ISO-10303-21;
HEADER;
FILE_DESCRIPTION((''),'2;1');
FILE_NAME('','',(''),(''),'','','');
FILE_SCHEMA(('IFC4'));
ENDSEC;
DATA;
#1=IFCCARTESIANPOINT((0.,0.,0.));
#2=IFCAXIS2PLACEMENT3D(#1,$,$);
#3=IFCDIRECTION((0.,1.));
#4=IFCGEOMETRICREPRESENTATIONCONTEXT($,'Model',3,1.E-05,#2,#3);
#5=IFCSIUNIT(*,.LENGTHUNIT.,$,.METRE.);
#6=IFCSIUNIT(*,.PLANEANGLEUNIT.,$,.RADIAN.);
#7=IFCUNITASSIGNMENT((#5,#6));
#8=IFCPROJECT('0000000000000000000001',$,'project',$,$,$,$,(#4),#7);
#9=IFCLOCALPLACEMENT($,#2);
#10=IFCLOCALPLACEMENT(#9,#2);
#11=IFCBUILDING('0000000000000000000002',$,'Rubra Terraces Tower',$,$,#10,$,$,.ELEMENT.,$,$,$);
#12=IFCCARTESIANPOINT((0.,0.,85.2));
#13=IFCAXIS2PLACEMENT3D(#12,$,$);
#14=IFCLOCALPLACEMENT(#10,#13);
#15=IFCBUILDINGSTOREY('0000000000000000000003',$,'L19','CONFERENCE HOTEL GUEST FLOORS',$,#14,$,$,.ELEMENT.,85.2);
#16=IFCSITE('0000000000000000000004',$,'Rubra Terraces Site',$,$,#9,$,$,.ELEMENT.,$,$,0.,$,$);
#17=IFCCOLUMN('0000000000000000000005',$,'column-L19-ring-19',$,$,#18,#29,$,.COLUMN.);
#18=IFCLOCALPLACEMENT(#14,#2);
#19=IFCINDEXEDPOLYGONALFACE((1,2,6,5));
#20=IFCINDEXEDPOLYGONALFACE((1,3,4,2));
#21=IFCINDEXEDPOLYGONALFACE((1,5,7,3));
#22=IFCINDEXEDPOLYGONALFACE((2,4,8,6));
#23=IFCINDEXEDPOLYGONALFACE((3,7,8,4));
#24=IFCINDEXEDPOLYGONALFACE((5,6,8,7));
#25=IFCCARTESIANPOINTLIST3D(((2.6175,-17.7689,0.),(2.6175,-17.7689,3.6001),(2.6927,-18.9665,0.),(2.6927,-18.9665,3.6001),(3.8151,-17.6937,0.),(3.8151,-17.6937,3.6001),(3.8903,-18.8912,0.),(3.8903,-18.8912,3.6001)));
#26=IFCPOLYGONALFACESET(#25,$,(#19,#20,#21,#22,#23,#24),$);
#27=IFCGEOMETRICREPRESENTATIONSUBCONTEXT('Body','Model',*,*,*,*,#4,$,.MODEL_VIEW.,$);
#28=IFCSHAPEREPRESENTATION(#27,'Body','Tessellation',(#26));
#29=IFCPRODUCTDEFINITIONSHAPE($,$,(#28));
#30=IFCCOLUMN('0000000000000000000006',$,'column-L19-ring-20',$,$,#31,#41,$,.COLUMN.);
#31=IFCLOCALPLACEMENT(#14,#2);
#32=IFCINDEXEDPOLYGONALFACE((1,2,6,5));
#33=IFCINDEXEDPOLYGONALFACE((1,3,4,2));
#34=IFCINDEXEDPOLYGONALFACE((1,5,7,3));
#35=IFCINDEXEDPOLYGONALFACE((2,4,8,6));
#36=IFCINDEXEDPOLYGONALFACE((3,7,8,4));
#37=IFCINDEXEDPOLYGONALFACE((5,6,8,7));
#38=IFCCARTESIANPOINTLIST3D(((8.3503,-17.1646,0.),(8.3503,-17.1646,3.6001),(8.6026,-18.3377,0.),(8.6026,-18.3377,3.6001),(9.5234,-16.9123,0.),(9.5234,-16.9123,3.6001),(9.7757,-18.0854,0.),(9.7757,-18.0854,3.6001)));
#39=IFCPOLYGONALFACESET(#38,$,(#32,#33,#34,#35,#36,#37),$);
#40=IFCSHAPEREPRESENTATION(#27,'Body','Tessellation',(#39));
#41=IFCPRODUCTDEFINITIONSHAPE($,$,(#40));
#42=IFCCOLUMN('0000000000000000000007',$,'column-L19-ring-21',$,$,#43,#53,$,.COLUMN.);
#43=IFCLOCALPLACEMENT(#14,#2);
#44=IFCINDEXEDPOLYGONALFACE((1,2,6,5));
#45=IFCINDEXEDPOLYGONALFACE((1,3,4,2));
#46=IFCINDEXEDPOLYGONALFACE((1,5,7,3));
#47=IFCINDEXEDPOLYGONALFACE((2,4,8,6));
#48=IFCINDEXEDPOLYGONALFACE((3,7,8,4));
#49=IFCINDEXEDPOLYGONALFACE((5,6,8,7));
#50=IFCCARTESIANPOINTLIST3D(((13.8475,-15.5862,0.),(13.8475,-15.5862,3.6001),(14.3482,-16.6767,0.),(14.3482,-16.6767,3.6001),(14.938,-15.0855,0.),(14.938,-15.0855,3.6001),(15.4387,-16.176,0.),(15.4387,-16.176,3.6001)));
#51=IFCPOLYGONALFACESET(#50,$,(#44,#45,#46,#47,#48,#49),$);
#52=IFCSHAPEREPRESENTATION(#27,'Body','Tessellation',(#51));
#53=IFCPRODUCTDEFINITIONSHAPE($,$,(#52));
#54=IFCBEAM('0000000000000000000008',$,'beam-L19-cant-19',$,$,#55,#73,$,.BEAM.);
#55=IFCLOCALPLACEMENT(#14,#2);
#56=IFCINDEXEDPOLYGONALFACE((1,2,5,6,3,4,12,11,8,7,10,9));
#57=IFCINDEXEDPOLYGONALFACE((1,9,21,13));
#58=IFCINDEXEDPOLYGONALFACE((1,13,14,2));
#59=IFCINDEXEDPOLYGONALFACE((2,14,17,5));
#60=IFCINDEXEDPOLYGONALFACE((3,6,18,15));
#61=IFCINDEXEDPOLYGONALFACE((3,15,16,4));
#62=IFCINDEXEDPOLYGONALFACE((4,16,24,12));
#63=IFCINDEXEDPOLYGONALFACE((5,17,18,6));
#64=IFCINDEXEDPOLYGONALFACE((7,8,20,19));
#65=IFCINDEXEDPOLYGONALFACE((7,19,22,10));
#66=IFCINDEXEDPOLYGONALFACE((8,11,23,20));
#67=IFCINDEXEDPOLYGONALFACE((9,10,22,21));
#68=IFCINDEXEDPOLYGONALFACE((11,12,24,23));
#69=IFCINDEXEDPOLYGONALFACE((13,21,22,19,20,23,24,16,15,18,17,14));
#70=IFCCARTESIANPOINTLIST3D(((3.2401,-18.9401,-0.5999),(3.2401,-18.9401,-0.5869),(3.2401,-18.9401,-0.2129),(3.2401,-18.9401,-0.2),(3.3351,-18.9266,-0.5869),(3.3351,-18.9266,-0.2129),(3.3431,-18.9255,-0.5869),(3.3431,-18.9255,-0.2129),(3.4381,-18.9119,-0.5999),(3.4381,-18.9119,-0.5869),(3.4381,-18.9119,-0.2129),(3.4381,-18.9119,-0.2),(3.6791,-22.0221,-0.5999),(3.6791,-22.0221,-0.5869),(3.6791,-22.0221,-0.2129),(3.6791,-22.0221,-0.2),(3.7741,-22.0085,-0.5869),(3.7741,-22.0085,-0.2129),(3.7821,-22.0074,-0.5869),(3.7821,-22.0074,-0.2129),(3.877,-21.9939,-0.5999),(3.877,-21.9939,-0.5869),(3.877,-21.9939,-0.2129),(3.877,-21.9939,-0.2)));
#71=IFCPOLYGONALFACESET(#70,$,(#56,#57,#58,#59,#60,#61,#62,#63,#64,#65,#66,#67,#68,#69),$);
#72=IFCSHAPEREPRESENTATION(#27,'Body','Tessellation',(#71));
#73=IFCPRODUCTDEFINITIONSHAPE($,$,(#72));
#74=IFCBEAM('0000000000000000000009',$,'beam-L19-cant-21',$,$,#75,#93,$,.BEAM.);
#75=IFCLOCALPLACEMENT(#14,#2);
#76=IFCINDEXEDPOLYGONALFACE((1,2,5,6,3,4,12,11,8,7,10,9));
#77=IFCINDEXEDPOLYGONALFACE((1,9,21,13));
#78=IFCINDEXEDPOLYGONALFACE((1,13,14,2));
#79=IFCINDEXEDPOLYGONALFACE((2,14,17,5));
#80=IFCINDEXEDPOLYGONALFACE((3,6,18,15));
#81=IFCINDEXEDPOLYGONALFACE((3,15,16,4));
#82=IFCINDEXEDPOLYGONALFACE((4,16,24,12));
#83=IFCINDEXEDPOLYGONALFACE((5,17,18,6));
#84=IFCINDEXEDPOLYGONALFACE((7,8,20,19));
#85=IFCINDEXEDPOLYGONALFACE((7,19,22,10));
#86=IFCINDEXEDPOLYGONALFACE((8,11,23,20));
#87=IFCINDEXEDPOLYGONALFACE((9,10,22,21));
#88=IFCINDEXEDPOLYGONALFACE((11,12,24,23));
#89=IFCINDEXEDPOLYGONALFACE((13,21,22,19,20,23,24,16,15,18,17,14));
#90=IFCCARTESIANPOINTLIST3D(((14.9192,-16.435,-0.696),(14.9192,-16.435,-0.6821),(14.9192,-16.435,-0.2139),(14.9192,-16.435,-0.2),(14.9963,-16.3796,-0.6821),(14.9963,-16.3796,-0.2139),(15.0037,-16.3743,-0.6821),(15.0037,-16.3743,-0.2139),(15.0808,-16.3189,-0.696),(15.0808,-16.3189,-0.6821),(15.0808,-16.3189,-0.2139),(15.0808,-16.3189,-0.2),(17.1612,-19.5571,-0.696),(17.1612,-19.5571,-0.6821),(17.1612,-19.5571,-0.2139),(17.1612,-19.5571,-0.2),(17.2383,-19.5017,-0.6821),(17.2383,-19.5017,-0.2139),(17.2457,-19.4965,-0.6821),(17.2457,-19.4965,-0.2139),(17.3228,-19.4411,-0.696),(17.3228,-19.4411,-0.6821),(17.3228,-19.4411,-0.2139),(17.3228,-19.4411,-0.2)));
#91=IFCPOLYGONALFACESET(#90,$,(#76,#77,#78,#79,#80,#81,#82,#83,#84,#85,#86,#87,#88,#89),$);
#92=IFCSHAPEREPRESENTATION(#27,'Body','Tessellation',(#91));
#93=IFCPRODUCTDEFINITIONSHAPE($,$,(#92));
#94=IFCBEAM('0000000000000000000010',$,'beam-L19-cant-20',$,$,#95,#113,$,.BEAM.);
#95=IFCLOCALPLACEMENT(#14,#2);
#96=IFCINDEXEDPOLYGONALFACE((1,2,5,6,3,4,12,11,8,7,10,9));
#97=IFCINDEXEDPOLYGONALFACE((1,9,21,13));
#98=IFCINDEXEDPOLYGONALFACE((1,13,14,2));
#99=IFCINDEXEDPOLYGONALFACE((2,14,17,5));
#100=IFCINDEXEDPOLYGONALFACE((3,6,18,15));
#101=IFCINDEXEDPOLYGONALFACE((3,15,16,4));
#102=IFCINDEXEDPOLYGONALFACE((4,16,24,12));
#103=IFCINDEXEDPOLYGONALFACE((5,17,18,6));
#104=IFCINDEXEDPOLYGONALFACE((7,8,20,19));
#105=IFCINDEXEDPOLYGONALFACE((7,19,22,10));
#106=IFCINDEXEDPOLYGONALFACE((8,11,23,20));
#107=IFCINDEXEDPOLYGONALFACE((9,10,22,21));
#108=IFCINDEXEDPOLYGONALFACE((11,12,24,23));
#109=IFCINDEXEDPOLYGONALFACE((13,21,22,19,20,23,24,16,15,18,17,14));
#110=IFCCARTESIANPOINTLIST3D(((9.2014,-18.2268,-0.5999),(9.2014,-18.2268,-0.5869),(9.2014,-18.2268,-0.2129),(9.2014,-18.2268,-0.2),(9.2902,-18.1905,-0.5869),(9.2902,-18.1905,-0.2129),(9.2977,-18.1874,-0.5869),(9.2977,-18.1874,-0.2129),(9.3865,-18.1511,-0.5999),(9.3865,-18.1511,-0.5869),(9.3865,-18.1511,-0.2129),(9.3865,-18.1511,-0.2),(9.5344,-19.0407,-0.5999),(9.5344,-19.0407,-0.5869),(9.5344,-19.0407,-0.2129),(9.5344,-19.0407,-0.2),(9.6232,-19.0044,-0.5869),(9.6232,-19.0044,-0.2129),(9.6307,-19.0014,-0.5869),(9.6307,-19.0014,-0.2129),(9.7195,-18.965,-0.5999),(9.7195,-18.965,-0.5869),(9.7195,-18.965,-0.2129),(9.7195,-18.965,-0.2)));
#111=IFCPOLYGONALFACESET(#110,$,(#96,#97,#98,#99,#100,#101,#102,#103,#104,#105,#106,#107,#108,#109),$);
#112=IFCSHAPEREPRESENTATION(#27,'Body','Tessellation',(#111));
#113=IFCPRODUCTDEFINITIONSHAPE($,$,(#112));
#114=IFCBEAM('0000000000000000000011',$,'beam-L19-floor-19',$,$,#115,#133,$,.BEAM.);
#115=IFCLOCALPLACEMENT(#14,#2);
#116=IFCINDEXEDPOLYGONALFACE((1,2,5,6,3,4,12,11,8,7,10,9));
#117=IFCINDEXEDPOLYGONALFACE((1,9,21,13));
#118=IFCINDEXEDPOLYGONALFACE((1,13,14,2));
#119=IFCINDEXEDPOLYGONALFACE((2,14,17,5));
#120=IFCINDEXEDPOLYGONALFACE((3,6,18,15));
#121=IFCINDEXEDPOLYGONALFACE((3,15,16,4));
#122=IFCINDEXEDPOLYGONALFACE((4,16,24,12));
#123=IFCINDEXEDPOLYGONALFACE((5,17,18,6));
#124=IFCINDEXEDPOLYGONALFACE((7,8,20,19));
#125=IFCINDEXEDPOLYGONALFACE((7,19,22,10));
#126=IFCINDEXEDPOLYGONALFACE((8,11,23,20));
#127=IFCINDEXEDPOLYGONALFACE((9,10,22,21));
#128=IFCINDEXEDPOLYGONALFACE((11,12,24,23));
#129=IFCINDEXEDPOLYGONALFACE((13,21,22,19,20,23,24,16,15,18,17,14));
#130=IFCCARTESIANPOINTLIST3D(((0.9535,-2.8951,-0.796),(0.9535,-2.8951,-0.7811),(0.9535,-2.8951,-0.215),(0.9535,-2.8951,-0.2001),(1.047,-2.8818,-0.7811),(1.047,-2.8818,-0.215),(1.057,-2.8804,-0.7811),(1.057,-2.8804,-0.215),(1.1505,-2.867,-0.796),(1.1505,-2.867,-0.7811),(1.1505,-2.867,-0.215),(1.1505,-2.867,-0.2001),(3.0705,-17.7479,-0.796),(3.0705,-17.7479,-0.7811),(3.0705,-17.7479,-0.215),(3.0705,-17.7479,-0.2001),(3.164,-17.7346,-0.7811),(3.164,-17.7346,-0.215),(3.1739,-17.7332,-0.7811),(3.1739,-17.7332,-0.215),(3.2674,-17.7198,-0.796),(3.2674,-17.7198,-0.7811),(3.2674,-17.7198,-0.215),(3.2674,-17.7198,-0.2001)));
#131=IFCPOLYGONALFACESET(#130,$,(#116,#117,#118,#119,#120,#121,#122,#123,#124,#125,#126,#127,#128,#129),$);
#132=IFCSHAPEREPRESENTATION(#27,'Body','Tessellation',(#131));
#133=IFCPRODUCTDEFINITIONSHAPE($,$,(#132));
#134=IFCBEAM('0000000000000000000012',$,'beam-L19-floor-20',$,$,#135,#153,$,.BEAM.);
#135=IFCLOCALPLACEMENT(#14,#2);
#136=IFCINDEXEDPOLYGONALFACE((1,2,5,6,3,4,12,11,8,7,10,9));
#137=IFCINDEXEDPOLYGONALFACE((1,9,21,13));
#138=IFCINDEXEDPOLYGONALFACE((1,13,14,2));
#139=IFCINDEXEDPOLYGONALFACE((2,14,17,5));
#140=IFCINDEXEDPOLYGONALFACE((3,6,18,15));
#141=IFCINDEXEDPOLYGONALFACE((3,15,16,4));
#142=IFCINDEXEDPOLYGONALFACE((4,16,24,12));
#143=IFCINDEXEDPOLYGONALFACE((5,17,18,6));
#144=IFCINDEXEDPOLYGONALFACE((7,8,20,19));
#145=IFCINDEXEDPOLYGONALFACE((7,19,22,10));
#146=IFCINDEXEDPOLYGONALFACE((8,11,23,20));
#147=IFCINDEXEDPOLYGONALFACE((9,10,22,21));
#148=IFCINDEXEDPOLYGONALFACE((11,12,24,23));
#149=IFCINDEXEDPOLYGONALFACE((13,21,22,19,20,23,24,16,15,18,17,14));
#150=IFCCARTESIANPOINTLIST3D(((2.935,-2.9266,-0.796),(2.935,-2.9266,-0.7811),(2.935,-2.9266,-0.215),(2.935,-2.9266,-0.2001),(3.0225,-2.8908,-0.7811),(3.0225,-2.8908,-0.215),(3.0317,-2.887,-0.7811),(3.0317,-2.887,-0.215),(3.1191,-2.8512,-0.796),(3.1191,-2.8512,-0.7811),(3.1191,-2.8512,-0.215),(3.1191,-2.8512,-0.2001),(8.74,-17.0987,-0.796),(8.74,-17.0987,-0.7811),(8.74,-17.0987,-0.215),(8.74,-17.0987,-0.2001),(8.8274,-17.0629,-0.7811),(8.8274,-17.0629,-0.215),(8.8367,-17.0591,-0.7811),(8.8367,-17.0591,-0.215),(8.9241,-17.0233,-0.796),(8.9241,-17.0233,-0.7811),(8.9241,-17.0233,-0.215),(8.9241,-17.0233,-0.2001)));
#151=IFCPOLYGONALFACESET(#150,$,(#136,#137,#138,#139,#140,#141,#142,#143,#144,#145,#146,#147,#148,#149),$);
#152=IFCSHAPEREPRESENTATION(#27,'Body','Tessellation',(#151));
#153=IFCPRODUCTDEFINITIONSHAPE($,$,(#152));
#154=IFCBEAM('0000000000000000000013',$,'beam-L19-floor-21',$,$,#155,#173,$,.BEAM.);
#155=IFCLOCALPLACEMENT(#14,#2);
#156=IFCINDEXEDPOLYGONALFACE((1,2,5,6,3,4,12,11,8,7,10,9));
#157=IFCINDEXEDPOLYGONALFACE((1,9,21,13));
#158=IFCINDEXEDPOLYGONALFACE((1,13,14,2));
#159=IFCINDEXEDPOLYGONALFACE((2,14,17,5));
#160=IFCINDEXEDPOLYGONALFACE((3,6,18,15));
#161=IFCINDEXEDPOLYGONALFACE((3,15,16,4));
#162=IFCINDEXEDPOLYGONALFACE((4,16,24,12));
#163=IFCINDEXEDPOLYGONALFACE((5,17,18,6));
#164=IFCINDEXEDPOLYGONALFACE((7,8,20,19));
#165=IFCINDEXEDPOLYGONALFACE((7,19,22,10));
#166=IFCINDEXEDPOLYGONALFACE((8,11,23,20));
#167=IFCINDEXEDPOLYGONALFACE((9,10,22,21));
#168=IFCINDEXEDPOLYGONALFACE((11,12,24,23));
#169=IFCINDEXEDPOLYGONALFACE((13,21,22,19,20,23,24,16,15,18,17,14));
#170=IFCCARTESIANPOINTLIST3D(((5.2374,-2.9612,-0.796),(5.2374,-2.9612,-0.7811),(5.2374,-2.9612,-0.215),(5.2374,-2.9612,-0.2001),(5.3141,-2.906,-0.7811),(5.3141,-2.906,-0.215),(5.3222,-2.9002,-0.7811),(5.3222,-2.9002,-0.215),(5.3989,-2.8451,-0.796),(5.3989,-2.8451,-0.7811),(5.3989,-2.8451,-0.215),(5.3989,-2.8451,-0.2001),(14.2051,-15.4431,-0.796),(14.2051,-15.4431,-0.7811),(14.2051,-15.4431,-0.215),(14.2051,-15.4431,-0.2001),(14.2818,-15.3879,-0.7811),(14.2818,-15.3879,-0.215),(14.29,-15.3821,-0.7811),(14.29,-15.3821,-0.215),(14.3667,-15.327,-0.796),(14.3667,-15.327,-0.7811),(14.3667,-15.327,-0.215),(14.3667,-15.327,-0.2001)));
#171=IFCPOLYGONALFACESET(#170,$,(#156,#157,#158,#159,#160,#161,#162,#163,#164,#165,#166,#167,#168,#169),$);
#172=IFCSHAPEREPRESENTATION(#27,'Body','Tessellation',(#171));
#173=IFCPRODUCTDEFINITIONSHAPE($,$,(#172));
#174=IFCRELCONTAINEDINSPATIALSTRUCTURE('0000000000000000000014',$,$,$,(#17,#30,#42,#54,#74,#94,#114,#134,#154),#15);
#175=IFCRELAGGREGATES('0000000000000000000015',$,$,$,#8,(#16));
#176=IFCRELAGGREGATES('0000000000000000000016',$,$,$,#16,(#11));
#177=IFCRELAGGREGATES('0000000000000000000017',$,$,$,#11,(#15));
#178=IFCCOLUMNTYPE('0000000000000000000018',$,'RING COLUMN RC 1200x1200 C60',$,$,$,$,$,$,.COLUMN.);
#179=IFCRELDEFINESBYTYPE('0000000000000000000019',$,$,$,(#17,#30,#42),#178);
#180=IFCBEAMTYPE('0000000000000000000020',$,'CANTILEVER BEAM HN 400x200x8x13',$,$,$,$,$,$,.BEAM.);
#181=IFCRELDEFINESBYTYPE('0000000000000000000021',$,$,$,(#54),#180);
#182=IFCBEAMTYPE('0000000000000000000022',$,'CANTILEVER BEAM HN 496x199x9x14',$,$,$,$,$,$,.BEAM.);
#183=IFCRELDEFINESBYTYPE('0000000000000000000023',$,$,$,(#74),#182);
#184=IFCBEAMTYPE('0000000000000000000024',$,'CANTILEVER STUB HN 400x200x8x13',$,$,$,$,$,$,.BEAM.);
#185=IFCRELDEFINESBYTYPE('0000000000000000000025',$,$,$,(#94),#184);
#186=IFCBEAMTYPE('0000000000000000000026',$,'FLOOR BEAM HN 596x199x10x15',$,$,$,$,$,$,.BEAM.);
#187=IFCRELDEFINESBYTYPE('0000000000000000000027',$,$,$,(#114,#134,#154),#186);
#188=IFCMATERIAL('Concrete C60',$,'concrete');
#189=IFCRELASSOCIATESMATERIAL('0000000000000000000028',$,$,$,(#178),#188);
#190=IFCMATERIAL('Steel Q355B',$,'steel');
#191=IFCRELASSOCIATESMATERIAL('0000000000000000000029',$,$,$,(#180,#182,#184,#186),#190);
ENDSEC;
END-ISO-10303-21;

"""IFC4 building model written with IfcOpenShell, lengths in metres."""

from ifc_helpers import new_model, si_unit, direction, frame, origin, origin_2d, place, context, subcontext, project, spatial, rectangle, i_section, extrude, material, material_profile, profile_set, type_object, element, save


model = new_model("IFC4")

# Units and contexts
model_context = context("Model", 3, precision=1e-05, world=origin(), true_north=direction((0.0, 1.0)))
body_context = subcontext(model_context, "Body", "Model", "MODEL_VIEW")
ifc_project = project(units=[si_unit("LENGTHUNIT", "METRE"), si_unit("PLANEANGLEUNIT", "RADIAN")], contexts=[model_context])

# Site, building, storey
site_placement = place(None, origin())
site = spatial("IfcSite", under=ifc_project, at=site_placement, Name="Rubra Terraces Site", CompositionType="ELEMENT", RefElevation=0.0)
building_placement = place(site_placement, origin())
building = spatial("IfcBuilding", under=site, at=building_placement, Name="Rubra Terraces Tower", CompositionType="ELEMENT")
storey_placement = place(building_placement, frame((0.0, 0.0, 85.2)))
storey = spatial("IfcBuildingStorey", under=building, at=storey_placement, Name="L19", Description="CONFERENCE HOTEL GUEST FLOORS", CompositionType="ELEMENT", Elevation=85.2)

# Columns
ifc_material_1 = material(Name="Concrete C60", Category="concrete")
ifc_material_profile_1 = material_profile(ifc_material_1, rectangle(XDim=1.2, YDim=1.2, at=origin_2d()), Name="RC 1200x1200")
ifc_profile_set_1 = profile_set([ifc_material_profile_1], Name="Concrete C60")
column_type = type_object("IfcColumnType", Name="RING COLUMN RC 1200x1200 C60", PredefinedType="COLUMN", material=ifc_profile_set_1)
for number, where, z_axis, x_axis, name in (
    (1, (3.2539, -18.3301, 0.0), (0.0, 0.0, 1.0), (0.998032, 0.062714, 0.0), "column-L19-ring-19"),
    (2, (9.063, -17.625, 0.0), (0.0, 0.0, 1.0), (0.977653, 0.210227, 0.0), "column-L19-ring-20"),
    (3, (14.6431, -15.8811, 0.0), (0.0, 0.0, 1.0), (0.908779, 0.417279, 0.0), "column-L19-ring-21"),
):
    element("IfcColumn", number, at=place(storey_placement, frame(where, z_axis=z_axis, x_axis=x_axis)), inside=storey, type_object=column_type, Name=name, PredefinedType="COLUMN", context=body_context, shape_type="SweptSolid", body=[
        extrude(rectangle(XDim=1.2, YDim=1.2, at=origin_2d()), origin(), (0.0, 0.0, 1.0), 3.6001),
    ])

# Beams
ifc_material_2 = material(Name="Steel Q355B", Category="steel")
ifc_material_profile_2 = material_profile(ifc_material_2, i_section(OverallWidth=0.2, OverallDepth=0.3999, WebThickness=0.0081, FlangeThickness=0.0129, at=origin_2d()), Name="HN 400x200x8x13")
ifc_profile_set_2 = profile_set([ifc_material_profile_2], Name="Steel Q355B")
beam_type_1 = type_object("IfcBeamType", Name="CANTILEVER BEAM HN 400x200x8x13", PredefinedType="BEAM", material=ifc_profile_set_2)
beam_1_placement = place(storey_placement, frame((3.3391, -18.926, -0.3999), z_axis=(0.141004, -0.990009, 0.0), x_axis=(0.990009, 0.141004, 0.0)))
element("IfcBeam", 4, at=beam_1_placement, inside=storey, type_object=beam_type_1, Name="beam-L19-cant-19", PredefinedType="BEAM", context=body_context, shape_type="SweptSolid", body=[
    extrude(i_section(OverallWidth=0.2, OverallDepth=0.3999, WebThickness=0.0081, FlangeThickness=0.0129, at=origin_2d()), origin(), (0.0, 0.0, 1.0), 3.113),
])
ifc_material_profile_3 = material_profile(ifc_material_2, i_section(OverallWidth=0.199, OverallDepth=0.4961, WebThickness=0.009, FlangeThickness=0.0139, at=origin_2d()), Name="HN 496x199x9x14")
ifc_profile_set_3 = profile_set([ifc_material_profile_3], Name="Steel Q355B")
beam_type_2 = type_object("IfcBeamType", Name="CANTILEVER BEAM HN 496x199x9x14", PredefinedType="BEAM", material=ifc_profile_set_3)
beam_2_placement = place(storey_placement, frame((15.0, -16.377, -0.448), z_axis=(0.583285, -0.812267, 0.0), x_axis=(0.812267, 0.583285, 0.0)))
element("IfcBeam", 5, at=beam_2_placement, inside=storey, type_object=beam_type_2, Name="beam-L19-cant-21", PredefinedType="BEAM", context=body_context, shape_type="SweptSolid", body=[
    extrude(i_section(OverallWidth=0.199, OverallDepth=0.4961, WebThickness=0.009, FlangeThickness=0.0139, at=origin_2d()), origin(), (0.0, 0.0, 1.0), 3.8438),
])
ifc_material_profile_4 = material_profile(ifc_material_2, i_section(OverallWidth=0.2, OverallDepth=0.3999, WebThickness=0.0081, FlangeThickness=0.0129, at=origin_2d()), Name="HN 400x200x8x13")
ifc_profile_set_4 = profile_set([ifc_material_profile_4], Name="Steel Q355B")
beam_type_3 = type_object("IfcBeamType", Name="CANTILEVER STUB HN 400x200x8x13", PredefinedType="BEAM", material=ifc_profile_set_4)
beam_3_placement = place(storey_placement, frame((9.2939, -18.189, -0.3999), z_axis=(0.378654, -0.925538, 0.0), x_axis=(0.925538, 0.378654, 0.0)))
element("IfcBeam", 6, at=beam_3_placement, inside=storey, type_object=beam_type_3, Name="beam-L19-cant-20", PredefinedType="BEAM", context=body_context, shape_type="SweptSolid", body=[
    extrude(i_section(OverallWidth=0.2, OverallDepth=0.3999, WebThickness=0.0081, FlangeThickness=0.0129, at=origin_2d()), origin(), (0.0, 0.0, 1.0), 0.8794),
])
ifc_material_profile_5 = material_profile(ifc_material_2, i_section(OverallWidth=0.199, OverallDepth=0.5959, WebThickness=0.01, FlangeThickness=0.0149, at=origin_2d()), Name="HN 596x199x10x15")
ifc_profile_set_5 = profile_set([ifc_material_profile_5], Name="Steel Q355B")
beam_type_4 = type_object("IfcBeamType", Name="FLOOR BEAM HN 596x199x10x15", PredefinedType="BEAM", material=ifc_profile_set_5)
beam_4_placement = place(storey_placement, frame((3.1689, -17.7339, -0.498), z_axis=(-0.141102, 0.989995, 0.0), x_axis=(-0.989995, -0.141102, 0.0)))
element("IfcBeam", 7, at=beam_4_placement, inside=storey, type_object=beam_type_4, Name="beam-L19-floor-19", PredefinedType="BEAM", context=body_context, shape_type="SweptSolid", body=[
    extrude(i_section(OverallWidth=0.199, OverallDepth=0.5959, WebThickness=0.01, FlangeThickness=0.0149, at=origin_2d()), origin(), (0.0, 0.0, 1.0), 15.0029),
])
beam_5_placement = place(storey_placement, frame((8.832, -17.061, -0.498), z_axis=(-0.379038, 0.925381, 0.0), x_axis=(-0.925381, -0.379038, 0.0)))
element("IfcBeam", 8, at=beam_5_placement, inside=storey, type_object=beam_type_4, Name="beam-L19-floor-20", PredefinedType="BEAM", context=body_context, shape_type="SweptSolid", body=[
    extrude(i_section(OverallWidth=0.199, OverallDepth=0.5959, WebThickness=0.01, FlangeThickness=0.0149, at=origin_2d()), origin(), (0.0, 0.0, 1.0), 15.3149),
])
beam_6_placement = place(storey_placement, frame((14.2859, -15.385, -0.498), z_axis=(-0.583481, 0.812127, 0.0), x_axis=(-0.812127, -0.583481, 0.0)))
element("IfcBeam", 9, at=beam_6_placement, inside=storey, type_object=beam_type_4, Name="beam-L19-floor-21", PredefinedType="BEAM", context=body_context, shape_type="SweptSolid", body=[
    extrude(i_section(OverallWidth=0.199, OverallDepth=0.5959, WebThickness=0.01, FlangeThickness=0.0149, at=origin_2d()), origin(), (0.0, 0.0, 1.0), 15.3694),
])

save(model, "model.ifc")
